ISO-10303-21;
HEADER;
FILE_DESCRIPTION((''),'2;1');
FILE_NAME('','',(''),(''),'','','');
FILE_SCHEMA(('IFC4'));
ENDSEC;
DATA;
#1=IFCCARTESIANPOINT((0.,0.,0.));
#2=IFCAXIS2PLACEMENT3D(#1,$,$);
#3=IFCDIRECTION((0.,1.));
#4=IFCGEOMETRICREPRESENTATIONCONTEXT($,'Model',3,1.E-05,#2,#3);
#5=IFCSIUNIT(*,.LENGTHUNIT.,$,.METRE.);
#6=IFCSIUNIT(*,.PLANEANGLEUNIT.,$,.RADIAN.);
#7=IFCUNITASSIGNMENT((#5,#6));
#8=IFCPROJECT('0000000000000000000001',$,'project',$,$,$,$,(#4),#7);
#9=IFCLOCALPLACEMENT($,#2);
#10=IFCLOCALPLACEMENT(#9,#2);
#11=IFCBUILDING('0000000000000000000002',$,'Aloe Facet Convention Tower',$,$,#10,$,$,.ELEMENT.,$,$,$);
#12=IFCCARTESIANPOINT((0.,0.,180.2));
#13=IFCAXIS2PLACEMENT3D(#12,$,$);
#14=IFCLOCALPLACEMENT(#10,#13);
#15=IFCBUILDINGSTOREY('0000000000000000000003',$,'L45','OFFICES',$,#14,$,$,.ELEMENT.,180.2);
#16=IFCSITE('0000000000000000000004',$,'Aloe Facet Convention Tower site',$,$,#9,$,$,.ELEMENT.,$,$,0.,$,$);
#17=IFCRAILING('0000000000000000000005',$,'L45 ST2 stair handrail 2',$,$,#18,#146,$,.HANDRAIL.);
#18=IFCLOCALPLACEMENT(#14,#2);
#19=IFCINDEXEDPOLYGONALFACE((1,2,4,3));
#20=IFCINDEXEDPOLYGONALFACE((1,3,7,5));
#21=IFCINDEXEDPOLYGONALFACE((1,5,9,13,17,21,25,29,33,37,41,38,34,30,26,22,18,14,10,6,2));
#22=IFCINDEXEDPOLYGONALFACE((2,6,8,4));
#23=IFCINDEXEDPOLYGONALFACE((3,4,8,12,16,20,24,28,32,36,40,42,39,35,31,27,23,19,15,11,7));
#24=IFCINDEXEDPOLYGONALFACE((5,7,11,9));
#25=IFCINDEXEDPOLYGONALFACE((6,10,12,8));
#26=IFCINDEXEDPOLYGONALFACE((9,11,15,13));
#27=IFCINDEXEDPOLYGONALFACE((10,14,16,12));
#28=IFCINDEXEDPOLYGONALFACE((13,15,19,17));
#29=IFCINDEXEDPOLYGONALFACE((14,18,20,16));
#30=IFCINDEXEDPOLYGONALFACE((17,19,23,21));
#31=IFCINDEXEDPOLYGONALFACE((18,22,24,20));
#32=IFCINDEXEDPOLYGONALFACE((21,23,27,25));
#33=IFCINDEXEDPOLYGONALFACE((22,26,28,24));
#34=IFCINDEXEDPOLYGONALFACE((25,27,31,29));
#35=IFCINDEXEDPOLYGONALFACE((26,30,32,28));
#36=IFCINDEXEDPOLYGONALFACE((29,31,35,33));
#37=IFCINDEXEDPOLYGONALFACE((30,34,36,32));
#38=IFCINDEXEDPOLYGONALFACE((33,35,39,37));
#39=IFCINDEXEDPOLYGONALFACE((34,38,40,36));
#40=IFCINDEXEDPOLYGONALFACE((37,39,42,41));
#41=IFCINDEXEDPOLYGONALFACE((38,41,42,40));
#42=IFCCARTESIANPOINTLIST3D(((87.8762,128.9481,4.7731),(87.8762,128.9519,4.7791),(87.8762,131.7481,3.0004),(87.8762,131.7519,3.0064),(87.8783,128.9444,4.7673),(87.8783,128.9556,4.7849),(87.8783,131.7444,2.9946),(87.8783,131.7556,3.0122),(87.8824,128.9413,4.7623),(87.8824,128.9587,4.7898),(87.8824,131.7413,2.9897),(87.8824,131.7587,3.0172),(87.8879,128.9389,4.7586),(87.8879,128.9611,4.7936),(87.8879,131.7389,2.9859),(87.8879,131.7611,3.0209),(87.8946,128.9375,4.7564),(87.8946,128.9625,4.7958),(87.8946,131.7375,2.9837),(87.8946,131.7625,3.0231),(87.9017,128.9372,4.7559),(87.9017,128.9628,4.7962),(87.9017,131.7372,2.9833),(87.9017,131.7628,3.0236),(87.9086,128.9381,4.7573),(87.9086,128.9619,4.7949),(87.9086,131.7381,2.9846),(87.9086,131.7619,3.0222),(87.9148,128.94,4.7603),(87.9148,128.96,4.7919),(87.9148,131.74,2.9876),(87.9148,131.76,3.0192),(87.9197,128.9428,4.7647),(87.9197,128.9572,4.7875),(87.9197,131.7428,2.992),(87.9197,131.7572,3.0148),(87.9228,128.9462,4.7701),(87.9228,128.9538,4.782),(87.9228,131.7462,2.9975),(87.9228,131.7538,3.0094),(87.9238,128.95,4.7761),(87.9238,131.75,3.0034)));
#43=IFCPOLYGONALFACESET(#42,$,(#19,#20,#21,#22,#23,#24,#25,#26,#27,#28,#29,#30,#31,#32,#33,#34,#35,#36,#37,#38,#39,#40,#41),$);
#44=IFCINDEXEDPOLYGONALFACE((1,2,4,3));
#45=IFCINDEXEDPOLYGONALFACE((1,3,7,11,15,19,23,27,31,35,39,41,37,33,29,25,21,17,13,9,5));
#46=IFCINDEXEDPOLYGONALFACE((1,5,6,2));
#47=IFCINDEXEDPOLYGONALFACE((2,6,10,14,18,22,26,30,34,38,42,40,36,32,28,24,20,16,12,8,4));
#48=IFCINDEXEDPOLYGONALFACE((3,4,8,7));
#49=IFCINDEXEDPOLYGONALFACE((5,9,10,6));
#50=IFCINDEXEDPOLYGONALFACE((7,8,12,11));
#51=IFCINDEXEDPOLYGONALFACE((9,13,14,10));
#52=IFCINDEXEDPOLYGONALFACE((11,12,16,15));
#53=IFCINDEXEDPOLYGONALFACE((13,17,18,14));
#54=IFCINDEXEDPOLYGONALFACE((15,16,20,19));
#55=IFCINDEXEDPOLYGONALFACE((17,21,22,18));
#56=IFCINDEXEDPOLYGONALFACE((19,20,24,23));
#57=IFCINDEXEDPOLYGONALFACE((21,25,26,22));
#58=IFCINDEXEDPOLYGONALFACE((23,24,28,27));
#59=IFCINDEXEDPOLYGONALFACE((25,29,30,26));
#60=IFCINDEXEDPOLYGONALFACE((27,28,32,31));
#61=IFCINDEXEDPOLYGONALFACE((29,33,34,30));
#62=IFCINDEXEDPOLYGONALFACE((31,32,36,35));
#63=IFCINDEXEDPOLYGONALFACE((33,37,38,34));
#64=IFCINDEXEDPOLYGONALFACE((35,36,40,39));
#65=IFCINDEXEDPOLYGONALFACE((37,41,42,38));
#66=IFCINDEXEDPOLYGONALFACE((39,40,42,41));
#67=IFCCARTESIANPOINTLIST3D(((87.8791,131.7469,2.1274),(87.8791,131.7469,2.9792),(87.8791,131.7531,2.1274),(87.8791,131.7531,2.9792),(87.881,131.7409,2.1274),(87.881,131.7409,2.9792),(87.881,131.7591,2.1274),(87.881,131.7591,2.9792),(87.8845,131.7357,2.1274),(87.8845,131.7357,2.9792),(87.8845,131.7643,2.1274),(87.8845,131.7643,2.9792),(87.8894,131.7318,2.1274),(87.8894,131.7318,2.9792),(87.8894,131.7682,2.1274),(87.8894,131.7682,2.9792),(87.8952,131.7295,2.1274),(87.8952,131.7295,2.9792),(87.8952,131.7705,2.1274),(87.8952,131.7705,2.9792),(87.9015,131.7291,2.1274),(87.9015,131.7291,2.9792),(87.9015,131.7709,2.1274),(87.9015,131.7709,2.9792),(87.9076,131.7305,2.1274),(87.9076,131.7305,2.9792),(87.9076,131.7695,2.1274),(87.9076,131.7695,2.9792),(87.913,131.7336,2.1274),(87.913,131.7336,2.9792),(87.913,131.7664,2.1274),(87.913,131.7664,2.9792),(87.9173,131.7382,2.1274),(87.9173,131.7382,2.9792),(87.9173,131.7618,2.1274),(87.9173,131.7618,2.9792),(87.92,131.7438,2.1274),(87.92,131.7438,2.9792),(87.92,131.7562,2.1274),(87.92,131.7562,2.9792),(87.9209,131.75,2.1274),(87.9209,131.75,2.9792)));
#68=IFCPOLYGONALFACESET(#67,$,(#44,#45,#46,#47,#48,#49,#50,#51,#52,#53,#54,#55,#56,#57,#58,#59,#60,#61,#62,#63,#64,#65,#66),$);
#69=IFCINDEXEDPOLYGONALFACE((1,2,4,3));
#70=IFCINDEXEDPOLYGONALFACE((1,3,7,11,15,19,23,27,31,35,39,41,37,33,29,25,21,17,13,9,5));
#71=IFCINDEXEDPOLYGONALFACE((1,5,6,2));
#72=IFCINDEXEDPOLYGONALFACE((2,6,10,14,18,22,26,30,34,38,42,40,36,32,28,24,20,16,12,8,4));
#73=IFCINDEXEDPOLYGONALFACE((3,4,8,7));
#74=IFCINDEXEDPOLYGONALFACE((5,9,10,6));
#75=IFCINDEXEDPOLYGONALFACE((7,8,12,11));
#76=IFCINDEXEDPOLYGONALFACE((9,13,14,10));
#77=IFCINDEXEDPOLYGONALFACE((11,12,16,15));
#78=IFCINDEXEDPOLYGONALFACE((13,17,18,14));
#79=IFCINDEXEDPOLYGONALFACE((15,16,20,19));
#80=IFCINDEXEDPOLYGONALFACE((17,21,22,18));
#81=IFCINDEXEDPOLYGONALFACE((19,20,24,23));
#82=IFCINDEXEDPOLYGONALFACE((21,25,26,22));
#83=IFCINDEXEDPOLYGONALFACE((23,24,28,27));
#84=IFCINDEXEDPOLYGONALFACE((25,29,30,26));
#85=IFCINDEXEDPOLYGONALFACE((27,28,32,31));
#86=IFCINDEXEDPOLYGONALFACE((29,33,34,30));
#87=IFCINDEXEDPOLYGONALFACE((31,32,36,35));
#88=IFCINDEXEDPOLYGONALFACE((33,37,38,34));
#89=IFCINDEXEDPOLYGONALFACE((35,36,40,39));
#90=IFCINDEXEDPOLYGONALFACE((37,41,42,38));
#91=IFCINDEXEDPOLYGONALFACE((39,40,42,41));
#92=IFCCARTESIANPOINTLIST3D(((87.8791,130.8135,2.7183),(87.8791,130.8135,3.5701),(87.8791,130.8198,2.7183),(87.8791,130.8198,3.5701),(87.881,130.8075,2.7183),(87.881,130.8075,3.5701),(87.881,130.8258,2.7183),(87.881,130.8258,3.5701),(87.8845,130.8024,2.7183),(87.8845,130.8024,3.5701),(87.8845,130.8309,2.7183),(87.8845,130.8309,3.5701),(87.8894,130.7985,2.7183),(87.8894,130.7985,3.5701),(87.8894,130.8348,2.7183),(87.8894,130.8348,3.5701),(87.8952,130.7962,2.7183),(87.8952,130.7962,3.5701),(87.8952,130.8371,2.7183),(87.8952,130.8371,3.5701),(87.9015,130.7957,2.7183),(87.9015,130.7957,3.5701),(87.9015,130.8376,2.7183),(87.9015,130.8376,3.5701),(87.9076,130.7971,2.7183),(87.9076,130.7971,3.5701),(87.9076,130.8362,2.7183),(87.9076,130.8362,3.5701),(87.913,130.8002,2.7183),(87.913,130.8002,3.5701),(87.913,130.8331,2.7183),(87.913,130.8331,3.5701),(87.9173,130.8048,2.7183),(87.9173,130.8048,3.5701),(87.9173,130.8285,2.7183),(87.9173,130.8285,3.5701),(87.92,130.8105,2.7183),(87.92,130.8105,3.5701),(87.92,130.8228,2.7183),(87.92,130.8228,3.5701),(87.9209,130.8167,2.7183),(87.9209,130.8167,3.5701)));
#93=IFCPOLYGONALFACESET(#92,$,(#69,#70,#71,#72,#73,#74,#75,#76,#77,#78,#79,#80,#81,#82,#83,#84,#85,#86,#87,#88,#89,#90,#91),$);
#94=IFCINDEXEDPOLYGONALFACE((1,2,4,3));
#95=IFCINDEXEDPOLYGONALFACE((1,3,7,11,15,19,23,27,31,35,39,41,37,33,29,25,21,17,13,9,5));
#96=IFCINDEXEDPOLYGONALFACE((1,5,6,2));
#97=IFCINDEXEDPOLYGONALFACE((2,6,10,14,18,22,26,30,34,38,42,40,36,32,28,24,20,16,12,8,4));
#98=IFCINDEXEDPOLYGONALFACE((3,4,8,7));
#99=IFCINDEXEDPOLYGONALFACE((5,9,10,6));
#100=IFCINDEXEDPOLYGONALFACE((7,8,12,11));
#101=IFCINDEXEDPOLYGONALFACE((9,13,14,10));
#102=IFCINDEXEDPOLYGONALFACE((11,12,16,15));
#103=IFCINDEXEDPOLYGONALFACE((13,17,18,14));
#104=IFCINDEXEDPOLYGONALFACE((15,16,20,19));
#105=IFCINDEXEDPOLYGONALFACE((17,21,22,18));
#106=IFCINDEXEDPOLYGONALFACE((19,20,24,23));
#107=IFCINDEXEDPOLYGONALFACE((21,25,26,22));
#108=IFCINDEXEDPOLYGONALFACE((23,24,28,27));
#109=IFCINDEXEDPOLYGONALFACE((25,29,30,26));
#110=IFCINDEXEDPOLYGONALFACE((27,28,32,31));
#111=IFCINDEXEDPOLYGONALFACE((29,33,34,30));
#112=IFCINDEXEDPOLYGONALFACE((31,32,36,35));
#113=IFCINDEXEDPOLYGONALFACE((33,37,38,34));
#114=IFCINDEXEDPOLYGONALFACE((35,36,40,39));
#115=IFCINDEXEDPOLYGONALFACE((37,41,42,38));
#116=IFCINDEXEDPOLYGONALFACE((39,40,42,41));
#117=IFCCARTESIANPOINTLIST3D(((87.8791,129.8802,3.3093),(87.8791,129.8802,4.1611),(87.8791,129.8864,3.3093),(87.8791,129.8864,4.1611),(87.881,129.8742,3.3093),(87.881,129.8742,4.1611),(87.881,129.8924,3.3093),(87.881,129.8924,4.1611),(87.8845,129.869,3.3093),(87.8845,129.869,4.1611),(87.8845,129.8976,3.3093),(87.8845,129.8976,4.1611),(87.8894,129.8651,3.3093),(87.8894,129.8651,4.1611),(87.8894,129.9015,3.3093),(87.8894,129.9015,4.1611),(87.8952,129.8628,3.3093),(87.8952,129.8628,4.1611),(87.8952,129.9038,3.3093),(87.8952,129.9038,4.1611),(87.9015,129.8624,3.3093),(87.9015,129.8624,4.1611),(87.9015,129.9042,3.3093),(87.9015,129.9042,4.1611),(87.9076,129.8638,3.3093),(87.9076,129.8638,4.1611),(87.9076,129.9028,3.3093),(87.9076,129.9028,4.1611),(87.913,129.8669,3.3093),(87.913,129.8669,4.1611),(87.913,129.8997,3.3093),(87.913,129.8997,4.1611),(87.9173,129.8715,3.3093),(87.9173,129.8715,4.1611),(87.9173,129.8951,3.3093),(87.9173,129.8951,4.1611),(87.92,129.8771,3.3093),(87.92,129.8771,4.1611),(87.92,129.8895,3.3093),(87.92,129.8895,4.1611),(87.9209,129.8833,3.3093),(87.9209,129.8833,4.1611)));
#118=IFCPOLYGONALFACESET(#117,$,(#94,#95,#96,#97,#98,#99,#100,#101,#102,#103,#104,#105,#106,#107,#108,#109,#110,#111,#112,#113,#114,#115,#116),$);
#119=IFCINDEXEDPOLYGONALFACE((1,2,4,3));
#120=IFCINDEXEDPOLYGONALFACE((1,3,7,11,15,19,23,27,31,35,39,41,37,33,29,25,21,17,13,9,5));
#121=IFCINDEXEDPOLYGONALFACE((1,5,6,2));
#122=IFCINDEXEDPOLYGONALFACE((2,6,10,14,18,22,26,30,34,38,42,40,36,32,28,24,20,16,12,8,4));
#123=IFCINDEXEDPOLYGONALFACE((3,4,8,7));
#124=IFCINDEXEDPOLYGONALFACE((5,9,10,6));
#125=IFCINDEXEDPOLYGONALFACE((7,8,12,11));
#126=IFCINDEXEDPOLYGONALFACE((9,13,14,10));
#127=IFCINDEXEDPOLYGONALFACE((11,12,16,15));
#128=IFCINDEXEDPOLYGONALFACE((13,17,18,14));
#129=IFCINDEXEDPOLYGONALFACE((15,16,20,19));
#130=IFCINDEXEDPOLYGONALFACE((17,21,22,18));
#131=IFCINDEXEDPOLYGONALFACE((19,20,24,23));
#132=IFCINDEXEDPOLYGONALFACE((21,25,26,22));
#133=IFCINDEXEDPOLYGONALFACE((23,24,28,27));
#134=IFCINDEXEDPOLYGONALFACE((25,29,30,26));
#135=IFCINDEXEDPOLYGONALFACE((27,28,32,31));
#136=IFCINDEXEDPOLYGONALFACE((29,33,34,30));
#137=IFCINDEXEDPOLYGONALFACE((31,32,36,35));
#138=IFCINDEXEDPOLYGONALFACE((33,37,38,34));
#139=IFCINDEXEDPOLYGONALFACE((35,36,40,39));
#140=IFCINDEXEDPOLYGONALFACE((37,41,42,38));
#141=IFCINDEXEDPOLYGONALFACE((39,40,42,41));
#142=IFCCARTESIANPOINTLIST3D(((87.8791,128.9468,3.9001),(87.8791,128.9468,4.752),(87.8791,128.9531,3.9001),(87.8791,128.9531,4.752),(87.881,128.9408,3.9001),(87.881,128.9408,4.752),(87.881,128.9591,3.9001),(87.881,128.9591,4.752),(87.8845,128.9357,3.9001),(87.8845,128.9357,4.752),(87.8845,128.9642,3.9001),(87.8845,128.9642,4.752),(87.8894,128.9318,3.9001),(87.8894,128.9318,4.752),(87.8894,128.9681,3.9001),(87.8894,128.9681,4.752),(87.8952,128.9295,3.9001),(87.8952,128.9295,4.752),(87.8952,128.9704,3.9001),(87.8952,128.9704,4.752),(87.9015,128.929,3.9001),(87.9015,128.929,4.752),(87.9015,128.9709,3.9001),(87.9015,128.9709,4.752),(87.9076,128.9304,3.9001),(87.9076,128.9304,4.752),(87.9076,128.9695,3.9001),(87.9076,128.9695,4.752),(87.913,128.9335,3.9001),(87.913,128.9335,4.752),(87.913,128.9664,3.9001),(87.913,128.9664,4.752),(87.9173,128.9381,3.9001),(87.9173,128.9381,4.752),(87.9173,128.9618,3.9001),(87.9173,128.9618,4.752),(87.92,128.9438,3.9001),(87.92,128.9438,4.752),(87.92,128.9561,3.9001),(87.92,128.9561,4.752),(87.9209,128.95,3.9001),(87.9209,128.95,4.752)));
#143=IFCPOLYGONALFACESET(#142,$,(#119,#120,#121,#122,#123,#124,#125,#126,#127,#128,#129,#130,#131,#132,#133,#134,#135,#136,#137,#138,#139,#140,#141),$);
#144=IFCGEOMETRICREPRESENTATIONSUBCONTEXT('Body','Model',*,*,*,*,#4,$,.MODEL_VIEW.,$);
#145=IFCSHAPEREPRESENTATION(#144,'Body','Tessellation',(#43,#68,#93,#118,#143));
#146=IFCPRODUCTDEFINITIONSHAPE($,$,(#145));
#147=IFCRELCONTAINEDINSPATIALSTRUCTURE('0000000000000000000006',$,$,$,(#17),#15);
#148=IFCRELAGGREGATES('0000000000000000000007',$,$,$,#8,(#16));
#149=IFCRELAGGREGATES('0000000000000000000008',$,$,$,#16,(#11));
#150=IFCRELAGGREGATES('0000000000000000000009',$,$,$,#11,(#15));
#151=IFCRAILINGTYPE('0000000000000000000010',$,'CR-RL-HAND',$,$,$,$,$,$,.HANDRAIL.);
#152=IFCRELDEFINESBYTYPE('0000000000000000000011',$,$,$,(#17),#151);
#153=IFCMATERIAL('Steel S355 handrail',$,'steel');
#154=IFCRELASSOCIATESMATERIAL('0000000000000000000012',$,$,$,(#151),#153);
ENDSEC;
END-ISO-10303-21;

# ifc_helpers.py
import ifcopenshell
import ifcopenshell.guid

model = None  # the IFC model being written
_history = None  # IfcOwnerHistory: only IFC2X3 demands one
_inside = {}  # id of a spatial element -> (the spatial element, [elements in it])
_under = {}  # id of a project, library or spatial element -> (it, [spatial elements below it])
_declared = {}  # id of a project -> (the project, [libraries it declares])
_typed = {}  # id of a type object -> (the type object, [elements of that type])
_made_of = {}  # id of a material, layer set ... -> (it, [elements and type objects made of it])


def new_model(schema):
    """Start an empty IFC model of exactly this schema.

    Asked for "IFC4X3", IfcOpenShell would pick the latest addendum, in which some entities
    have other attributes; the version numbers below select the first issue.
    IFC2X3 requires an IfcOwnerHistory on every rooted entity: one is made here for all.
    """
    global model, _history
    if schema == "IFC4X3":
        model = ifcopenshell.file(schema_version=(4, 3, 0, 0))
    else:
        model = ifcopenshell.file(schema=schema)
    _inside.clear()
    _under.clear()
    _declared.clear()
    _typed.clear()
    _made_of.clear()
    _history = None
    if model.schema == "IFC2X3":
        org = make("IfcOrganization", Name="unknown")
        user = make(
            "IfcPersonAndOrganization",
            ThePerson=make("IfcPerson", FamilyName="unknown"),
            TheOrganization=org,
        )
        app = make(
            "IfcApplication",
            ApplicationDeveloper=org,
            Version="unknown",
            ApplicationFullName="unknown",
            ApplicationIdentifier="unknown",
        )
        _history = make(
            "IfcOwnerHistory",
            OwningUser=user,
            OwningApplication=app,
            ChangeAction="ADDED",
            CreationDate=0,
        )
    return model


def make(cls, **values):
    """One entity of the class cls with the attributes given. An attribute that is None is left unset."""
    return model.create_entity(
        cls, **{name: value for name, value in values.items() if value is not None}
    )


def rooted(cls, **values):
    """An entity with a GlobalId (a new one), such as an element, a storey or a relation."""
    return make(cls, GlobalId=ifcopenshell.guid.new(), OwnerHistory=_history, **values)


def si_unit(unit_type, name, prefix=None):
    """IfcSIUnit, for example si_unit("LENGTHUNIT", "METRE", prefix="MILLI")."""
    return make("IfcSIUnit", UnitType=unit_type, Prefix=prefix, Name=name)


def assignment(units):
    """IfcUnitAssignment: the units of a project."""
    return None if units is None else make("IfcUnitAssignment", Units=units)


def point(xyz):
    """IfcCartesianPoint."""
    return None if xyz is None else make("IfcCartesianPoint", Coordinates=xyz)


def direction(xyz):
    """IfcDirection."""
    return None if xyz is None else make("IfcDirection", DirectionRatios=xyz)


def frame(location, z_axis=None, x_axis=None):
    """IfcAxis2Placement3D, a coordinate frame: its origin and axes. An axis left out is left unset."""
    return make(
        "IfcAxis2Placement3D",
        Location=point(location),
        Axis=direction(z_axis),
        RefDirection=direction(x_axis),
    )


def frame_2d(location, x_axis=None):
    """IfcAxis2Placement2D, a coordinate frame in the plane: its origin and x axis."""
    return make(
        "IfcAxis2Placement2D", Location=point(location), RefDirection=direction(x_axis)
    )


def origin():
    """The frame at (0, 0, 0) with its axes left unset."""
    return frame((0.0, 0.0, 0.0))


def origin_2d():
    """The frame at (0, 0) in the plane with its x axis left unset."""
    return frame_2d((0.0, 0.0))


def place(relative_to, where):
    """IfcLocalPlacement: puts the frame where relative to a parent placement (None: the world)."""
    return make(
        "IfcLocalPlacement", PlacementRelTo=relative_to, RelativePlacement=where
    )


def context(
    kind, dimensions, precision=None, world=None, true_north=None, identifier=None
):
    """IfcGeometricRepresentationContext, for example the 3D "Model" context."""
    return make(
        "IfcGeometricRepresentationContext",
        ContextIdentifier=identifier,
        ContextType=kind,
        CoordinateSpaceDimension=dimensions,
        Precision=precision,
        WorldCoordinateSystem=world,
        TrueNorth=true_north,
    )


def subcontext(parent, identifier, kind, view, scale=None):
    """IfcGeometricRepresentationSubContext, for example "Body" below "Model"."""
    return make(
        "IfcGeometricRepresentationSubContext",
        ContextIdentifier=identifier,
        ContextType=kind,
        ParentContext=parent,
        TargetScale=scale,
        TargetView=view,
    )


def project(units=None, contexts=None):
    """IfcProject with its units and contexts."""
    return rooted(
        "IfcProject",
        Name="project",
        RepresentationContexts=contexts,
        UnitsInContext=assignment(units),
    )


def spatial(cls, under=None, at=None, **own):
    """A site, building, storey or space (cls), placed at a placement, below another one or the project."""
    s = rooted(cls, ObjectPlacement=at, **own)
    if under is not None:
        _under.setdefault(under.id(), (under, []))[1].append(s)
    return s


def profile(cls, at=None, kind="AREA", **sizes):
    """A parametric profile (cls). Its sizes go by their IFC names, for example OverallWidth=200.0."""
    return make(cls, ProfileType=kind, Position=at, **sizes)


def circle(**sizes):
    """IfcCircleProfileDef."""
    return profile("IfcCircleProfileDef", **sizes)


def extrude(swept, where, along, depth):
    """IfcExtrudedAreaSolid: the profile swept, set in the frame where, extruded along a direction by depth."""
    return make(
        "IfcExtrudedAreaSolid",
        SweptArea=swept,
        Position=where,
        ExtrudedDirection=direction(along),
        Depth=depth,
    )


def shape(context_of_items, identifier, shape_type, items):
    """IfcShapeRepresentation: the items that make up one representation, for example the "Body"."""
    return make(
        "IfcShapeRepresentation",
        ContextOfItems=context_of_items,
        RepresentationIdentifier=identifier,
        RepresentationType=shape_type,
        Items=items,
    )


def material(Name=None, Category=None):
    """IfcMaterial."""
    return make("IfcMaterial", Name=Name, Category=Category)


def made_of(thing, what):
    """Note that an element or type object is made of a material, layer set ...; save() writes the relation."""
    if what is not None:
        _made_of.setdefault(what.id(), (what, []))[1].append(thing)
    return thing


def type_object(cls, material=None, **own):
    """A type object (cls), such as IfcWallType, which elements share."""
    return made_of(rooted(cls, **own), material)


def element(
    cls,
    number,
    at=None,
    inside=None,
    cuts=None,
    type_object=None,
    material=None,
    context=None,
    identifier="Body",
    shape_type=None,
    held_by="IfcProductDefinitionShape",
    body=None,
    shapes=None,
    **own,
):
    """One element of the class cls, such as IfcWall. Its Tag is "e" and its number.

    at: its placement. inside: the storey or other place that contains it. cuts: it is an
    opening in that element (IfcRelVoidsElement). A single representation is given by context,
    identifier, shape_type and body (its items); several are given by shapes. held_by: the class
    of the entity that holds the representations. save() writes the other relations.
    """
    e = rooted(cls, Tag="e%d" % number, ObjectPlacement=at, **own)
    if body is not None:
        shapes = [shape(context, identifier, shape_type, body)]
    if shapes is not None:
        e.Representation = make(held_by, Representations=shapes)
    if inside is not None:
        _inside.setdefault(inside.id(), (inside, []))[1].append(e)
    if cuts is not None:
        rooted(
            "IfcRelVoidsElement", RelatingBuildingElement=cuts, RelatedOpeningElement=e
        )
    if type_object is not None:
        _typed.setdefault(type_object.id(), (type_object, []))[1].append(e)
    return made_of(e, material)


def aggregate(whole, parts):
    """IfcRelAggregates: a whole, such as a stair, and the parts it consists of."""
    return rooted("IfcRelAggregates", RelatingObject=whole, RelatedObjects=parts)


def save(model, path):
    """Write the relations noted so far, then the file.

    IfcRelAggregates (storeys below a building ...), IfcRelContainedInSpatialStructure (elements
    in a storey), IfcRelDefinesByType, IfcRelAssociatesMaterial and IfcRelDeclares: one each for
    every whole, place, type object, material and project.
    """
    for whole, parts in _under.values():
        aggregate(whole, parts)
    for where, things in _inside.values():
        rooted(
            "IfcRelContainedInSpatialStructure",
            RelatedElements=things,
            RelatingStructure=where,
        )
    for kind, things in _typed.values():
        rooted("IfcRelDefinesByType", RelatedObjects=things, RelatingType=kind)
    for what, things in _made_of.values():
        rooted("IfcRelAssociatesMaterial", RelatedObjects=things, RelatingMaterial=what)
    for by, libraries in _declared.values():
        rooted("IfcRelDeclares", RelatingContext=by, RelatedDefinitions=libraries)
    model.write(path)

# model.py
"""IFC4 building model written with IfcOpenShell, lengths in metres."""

from ifc_helpers import new_model, si_unit, direction, frame, origin, origin_2d, place, context, subcontext, project, spatial, circle, extrude, material, type_object, element, save


model = new_model("IFC4")

# Units and contexts
model_context = context("Model", 3, precision=1e-05, world=origin(), true_north=direction((0.0, 1.0)))
body_context = subcontext(model_context, "Body", "Model", "MODEL_VIEW")
ifc_project = project(units=[si_unit("LENGTHUNIT", "METRE"), si_unit("PLANEANGLEUNIT", "RADIAN")], contexts=[model_context])

# Site, building, storey
site_placement = place(None, origin())
site = spatial("IfcSite", under=ifc_project, at=site_placement, Name="Aloe Facet Convention Tower site", CompositionType="ELEMENT", RefElevation=0.0)
building_placement = place(site_placement, origin())
building = spatial("IfcBuilding", under=site, at=building_placement, Name="Aloe Facet Convention Tower", CompositionType="ELEMENT")
storey_placement = place(building_placement, frame((0.0, 0.0, 180.2)))
storey = spatial("IfcBuildingStorey", under=building, at=storey_placement, Name="L45", Description="OFFICES", CompositionType="ELEMENT", Elevation=180.2)

# Railing
ifc_material_1 = material(Name="Steel S355 handrail", Category="steel")
railing_type_1 = type_object("IfcRailingType", Name="CR-RL-HAND", PredefinedType="HANDRAIL", material=ifc_material_1)
railing_1_placement = place(storey_placement, frame((87.8999, 131.75, 2.1274)))
element("IfcRailing", 1, at=railing_1_placement, inside=storey, type_object=railing_type_1, Name="L45 ST2 stair handrail 2", PredefinedType="HANDRAIL", context=body_context, shape_type="SweptSolid", body=[
    extrude(circle(Radius=0.0239, at=origin_2d()), frame((0.0, 0.0, 0.876), z_axis=(0.0, -0.844909, 0.53491), x_axis=(1.0, 0.0, 0.0)), (0.0, 0.0, 1.0), 3.314),
    extrude(circle(Radius=0.021, at=origin_2d()), origin(), (0.0, 0.0, 1.0), 0.8518),
    extrude(circle(Radius=0.021, at=origin_2d()), frame((0.0, -0.9333, 0.5908)), (0.0, 0.0, 1.0), 0.8518),
    extrude(circle(Radius=0.021, at=origin_2d()), frame((0.0, -1.8667, 1.1819)), (0.0, 0.0, 1.0), 0.8518),
    extrude(circle(Radius=0.021, at=origin_2d()), frame((0.0, -2.8, 1.7727)), (0.0, 0.0, 1.0), 0.8518),
])

save(model, "model.ifc")
